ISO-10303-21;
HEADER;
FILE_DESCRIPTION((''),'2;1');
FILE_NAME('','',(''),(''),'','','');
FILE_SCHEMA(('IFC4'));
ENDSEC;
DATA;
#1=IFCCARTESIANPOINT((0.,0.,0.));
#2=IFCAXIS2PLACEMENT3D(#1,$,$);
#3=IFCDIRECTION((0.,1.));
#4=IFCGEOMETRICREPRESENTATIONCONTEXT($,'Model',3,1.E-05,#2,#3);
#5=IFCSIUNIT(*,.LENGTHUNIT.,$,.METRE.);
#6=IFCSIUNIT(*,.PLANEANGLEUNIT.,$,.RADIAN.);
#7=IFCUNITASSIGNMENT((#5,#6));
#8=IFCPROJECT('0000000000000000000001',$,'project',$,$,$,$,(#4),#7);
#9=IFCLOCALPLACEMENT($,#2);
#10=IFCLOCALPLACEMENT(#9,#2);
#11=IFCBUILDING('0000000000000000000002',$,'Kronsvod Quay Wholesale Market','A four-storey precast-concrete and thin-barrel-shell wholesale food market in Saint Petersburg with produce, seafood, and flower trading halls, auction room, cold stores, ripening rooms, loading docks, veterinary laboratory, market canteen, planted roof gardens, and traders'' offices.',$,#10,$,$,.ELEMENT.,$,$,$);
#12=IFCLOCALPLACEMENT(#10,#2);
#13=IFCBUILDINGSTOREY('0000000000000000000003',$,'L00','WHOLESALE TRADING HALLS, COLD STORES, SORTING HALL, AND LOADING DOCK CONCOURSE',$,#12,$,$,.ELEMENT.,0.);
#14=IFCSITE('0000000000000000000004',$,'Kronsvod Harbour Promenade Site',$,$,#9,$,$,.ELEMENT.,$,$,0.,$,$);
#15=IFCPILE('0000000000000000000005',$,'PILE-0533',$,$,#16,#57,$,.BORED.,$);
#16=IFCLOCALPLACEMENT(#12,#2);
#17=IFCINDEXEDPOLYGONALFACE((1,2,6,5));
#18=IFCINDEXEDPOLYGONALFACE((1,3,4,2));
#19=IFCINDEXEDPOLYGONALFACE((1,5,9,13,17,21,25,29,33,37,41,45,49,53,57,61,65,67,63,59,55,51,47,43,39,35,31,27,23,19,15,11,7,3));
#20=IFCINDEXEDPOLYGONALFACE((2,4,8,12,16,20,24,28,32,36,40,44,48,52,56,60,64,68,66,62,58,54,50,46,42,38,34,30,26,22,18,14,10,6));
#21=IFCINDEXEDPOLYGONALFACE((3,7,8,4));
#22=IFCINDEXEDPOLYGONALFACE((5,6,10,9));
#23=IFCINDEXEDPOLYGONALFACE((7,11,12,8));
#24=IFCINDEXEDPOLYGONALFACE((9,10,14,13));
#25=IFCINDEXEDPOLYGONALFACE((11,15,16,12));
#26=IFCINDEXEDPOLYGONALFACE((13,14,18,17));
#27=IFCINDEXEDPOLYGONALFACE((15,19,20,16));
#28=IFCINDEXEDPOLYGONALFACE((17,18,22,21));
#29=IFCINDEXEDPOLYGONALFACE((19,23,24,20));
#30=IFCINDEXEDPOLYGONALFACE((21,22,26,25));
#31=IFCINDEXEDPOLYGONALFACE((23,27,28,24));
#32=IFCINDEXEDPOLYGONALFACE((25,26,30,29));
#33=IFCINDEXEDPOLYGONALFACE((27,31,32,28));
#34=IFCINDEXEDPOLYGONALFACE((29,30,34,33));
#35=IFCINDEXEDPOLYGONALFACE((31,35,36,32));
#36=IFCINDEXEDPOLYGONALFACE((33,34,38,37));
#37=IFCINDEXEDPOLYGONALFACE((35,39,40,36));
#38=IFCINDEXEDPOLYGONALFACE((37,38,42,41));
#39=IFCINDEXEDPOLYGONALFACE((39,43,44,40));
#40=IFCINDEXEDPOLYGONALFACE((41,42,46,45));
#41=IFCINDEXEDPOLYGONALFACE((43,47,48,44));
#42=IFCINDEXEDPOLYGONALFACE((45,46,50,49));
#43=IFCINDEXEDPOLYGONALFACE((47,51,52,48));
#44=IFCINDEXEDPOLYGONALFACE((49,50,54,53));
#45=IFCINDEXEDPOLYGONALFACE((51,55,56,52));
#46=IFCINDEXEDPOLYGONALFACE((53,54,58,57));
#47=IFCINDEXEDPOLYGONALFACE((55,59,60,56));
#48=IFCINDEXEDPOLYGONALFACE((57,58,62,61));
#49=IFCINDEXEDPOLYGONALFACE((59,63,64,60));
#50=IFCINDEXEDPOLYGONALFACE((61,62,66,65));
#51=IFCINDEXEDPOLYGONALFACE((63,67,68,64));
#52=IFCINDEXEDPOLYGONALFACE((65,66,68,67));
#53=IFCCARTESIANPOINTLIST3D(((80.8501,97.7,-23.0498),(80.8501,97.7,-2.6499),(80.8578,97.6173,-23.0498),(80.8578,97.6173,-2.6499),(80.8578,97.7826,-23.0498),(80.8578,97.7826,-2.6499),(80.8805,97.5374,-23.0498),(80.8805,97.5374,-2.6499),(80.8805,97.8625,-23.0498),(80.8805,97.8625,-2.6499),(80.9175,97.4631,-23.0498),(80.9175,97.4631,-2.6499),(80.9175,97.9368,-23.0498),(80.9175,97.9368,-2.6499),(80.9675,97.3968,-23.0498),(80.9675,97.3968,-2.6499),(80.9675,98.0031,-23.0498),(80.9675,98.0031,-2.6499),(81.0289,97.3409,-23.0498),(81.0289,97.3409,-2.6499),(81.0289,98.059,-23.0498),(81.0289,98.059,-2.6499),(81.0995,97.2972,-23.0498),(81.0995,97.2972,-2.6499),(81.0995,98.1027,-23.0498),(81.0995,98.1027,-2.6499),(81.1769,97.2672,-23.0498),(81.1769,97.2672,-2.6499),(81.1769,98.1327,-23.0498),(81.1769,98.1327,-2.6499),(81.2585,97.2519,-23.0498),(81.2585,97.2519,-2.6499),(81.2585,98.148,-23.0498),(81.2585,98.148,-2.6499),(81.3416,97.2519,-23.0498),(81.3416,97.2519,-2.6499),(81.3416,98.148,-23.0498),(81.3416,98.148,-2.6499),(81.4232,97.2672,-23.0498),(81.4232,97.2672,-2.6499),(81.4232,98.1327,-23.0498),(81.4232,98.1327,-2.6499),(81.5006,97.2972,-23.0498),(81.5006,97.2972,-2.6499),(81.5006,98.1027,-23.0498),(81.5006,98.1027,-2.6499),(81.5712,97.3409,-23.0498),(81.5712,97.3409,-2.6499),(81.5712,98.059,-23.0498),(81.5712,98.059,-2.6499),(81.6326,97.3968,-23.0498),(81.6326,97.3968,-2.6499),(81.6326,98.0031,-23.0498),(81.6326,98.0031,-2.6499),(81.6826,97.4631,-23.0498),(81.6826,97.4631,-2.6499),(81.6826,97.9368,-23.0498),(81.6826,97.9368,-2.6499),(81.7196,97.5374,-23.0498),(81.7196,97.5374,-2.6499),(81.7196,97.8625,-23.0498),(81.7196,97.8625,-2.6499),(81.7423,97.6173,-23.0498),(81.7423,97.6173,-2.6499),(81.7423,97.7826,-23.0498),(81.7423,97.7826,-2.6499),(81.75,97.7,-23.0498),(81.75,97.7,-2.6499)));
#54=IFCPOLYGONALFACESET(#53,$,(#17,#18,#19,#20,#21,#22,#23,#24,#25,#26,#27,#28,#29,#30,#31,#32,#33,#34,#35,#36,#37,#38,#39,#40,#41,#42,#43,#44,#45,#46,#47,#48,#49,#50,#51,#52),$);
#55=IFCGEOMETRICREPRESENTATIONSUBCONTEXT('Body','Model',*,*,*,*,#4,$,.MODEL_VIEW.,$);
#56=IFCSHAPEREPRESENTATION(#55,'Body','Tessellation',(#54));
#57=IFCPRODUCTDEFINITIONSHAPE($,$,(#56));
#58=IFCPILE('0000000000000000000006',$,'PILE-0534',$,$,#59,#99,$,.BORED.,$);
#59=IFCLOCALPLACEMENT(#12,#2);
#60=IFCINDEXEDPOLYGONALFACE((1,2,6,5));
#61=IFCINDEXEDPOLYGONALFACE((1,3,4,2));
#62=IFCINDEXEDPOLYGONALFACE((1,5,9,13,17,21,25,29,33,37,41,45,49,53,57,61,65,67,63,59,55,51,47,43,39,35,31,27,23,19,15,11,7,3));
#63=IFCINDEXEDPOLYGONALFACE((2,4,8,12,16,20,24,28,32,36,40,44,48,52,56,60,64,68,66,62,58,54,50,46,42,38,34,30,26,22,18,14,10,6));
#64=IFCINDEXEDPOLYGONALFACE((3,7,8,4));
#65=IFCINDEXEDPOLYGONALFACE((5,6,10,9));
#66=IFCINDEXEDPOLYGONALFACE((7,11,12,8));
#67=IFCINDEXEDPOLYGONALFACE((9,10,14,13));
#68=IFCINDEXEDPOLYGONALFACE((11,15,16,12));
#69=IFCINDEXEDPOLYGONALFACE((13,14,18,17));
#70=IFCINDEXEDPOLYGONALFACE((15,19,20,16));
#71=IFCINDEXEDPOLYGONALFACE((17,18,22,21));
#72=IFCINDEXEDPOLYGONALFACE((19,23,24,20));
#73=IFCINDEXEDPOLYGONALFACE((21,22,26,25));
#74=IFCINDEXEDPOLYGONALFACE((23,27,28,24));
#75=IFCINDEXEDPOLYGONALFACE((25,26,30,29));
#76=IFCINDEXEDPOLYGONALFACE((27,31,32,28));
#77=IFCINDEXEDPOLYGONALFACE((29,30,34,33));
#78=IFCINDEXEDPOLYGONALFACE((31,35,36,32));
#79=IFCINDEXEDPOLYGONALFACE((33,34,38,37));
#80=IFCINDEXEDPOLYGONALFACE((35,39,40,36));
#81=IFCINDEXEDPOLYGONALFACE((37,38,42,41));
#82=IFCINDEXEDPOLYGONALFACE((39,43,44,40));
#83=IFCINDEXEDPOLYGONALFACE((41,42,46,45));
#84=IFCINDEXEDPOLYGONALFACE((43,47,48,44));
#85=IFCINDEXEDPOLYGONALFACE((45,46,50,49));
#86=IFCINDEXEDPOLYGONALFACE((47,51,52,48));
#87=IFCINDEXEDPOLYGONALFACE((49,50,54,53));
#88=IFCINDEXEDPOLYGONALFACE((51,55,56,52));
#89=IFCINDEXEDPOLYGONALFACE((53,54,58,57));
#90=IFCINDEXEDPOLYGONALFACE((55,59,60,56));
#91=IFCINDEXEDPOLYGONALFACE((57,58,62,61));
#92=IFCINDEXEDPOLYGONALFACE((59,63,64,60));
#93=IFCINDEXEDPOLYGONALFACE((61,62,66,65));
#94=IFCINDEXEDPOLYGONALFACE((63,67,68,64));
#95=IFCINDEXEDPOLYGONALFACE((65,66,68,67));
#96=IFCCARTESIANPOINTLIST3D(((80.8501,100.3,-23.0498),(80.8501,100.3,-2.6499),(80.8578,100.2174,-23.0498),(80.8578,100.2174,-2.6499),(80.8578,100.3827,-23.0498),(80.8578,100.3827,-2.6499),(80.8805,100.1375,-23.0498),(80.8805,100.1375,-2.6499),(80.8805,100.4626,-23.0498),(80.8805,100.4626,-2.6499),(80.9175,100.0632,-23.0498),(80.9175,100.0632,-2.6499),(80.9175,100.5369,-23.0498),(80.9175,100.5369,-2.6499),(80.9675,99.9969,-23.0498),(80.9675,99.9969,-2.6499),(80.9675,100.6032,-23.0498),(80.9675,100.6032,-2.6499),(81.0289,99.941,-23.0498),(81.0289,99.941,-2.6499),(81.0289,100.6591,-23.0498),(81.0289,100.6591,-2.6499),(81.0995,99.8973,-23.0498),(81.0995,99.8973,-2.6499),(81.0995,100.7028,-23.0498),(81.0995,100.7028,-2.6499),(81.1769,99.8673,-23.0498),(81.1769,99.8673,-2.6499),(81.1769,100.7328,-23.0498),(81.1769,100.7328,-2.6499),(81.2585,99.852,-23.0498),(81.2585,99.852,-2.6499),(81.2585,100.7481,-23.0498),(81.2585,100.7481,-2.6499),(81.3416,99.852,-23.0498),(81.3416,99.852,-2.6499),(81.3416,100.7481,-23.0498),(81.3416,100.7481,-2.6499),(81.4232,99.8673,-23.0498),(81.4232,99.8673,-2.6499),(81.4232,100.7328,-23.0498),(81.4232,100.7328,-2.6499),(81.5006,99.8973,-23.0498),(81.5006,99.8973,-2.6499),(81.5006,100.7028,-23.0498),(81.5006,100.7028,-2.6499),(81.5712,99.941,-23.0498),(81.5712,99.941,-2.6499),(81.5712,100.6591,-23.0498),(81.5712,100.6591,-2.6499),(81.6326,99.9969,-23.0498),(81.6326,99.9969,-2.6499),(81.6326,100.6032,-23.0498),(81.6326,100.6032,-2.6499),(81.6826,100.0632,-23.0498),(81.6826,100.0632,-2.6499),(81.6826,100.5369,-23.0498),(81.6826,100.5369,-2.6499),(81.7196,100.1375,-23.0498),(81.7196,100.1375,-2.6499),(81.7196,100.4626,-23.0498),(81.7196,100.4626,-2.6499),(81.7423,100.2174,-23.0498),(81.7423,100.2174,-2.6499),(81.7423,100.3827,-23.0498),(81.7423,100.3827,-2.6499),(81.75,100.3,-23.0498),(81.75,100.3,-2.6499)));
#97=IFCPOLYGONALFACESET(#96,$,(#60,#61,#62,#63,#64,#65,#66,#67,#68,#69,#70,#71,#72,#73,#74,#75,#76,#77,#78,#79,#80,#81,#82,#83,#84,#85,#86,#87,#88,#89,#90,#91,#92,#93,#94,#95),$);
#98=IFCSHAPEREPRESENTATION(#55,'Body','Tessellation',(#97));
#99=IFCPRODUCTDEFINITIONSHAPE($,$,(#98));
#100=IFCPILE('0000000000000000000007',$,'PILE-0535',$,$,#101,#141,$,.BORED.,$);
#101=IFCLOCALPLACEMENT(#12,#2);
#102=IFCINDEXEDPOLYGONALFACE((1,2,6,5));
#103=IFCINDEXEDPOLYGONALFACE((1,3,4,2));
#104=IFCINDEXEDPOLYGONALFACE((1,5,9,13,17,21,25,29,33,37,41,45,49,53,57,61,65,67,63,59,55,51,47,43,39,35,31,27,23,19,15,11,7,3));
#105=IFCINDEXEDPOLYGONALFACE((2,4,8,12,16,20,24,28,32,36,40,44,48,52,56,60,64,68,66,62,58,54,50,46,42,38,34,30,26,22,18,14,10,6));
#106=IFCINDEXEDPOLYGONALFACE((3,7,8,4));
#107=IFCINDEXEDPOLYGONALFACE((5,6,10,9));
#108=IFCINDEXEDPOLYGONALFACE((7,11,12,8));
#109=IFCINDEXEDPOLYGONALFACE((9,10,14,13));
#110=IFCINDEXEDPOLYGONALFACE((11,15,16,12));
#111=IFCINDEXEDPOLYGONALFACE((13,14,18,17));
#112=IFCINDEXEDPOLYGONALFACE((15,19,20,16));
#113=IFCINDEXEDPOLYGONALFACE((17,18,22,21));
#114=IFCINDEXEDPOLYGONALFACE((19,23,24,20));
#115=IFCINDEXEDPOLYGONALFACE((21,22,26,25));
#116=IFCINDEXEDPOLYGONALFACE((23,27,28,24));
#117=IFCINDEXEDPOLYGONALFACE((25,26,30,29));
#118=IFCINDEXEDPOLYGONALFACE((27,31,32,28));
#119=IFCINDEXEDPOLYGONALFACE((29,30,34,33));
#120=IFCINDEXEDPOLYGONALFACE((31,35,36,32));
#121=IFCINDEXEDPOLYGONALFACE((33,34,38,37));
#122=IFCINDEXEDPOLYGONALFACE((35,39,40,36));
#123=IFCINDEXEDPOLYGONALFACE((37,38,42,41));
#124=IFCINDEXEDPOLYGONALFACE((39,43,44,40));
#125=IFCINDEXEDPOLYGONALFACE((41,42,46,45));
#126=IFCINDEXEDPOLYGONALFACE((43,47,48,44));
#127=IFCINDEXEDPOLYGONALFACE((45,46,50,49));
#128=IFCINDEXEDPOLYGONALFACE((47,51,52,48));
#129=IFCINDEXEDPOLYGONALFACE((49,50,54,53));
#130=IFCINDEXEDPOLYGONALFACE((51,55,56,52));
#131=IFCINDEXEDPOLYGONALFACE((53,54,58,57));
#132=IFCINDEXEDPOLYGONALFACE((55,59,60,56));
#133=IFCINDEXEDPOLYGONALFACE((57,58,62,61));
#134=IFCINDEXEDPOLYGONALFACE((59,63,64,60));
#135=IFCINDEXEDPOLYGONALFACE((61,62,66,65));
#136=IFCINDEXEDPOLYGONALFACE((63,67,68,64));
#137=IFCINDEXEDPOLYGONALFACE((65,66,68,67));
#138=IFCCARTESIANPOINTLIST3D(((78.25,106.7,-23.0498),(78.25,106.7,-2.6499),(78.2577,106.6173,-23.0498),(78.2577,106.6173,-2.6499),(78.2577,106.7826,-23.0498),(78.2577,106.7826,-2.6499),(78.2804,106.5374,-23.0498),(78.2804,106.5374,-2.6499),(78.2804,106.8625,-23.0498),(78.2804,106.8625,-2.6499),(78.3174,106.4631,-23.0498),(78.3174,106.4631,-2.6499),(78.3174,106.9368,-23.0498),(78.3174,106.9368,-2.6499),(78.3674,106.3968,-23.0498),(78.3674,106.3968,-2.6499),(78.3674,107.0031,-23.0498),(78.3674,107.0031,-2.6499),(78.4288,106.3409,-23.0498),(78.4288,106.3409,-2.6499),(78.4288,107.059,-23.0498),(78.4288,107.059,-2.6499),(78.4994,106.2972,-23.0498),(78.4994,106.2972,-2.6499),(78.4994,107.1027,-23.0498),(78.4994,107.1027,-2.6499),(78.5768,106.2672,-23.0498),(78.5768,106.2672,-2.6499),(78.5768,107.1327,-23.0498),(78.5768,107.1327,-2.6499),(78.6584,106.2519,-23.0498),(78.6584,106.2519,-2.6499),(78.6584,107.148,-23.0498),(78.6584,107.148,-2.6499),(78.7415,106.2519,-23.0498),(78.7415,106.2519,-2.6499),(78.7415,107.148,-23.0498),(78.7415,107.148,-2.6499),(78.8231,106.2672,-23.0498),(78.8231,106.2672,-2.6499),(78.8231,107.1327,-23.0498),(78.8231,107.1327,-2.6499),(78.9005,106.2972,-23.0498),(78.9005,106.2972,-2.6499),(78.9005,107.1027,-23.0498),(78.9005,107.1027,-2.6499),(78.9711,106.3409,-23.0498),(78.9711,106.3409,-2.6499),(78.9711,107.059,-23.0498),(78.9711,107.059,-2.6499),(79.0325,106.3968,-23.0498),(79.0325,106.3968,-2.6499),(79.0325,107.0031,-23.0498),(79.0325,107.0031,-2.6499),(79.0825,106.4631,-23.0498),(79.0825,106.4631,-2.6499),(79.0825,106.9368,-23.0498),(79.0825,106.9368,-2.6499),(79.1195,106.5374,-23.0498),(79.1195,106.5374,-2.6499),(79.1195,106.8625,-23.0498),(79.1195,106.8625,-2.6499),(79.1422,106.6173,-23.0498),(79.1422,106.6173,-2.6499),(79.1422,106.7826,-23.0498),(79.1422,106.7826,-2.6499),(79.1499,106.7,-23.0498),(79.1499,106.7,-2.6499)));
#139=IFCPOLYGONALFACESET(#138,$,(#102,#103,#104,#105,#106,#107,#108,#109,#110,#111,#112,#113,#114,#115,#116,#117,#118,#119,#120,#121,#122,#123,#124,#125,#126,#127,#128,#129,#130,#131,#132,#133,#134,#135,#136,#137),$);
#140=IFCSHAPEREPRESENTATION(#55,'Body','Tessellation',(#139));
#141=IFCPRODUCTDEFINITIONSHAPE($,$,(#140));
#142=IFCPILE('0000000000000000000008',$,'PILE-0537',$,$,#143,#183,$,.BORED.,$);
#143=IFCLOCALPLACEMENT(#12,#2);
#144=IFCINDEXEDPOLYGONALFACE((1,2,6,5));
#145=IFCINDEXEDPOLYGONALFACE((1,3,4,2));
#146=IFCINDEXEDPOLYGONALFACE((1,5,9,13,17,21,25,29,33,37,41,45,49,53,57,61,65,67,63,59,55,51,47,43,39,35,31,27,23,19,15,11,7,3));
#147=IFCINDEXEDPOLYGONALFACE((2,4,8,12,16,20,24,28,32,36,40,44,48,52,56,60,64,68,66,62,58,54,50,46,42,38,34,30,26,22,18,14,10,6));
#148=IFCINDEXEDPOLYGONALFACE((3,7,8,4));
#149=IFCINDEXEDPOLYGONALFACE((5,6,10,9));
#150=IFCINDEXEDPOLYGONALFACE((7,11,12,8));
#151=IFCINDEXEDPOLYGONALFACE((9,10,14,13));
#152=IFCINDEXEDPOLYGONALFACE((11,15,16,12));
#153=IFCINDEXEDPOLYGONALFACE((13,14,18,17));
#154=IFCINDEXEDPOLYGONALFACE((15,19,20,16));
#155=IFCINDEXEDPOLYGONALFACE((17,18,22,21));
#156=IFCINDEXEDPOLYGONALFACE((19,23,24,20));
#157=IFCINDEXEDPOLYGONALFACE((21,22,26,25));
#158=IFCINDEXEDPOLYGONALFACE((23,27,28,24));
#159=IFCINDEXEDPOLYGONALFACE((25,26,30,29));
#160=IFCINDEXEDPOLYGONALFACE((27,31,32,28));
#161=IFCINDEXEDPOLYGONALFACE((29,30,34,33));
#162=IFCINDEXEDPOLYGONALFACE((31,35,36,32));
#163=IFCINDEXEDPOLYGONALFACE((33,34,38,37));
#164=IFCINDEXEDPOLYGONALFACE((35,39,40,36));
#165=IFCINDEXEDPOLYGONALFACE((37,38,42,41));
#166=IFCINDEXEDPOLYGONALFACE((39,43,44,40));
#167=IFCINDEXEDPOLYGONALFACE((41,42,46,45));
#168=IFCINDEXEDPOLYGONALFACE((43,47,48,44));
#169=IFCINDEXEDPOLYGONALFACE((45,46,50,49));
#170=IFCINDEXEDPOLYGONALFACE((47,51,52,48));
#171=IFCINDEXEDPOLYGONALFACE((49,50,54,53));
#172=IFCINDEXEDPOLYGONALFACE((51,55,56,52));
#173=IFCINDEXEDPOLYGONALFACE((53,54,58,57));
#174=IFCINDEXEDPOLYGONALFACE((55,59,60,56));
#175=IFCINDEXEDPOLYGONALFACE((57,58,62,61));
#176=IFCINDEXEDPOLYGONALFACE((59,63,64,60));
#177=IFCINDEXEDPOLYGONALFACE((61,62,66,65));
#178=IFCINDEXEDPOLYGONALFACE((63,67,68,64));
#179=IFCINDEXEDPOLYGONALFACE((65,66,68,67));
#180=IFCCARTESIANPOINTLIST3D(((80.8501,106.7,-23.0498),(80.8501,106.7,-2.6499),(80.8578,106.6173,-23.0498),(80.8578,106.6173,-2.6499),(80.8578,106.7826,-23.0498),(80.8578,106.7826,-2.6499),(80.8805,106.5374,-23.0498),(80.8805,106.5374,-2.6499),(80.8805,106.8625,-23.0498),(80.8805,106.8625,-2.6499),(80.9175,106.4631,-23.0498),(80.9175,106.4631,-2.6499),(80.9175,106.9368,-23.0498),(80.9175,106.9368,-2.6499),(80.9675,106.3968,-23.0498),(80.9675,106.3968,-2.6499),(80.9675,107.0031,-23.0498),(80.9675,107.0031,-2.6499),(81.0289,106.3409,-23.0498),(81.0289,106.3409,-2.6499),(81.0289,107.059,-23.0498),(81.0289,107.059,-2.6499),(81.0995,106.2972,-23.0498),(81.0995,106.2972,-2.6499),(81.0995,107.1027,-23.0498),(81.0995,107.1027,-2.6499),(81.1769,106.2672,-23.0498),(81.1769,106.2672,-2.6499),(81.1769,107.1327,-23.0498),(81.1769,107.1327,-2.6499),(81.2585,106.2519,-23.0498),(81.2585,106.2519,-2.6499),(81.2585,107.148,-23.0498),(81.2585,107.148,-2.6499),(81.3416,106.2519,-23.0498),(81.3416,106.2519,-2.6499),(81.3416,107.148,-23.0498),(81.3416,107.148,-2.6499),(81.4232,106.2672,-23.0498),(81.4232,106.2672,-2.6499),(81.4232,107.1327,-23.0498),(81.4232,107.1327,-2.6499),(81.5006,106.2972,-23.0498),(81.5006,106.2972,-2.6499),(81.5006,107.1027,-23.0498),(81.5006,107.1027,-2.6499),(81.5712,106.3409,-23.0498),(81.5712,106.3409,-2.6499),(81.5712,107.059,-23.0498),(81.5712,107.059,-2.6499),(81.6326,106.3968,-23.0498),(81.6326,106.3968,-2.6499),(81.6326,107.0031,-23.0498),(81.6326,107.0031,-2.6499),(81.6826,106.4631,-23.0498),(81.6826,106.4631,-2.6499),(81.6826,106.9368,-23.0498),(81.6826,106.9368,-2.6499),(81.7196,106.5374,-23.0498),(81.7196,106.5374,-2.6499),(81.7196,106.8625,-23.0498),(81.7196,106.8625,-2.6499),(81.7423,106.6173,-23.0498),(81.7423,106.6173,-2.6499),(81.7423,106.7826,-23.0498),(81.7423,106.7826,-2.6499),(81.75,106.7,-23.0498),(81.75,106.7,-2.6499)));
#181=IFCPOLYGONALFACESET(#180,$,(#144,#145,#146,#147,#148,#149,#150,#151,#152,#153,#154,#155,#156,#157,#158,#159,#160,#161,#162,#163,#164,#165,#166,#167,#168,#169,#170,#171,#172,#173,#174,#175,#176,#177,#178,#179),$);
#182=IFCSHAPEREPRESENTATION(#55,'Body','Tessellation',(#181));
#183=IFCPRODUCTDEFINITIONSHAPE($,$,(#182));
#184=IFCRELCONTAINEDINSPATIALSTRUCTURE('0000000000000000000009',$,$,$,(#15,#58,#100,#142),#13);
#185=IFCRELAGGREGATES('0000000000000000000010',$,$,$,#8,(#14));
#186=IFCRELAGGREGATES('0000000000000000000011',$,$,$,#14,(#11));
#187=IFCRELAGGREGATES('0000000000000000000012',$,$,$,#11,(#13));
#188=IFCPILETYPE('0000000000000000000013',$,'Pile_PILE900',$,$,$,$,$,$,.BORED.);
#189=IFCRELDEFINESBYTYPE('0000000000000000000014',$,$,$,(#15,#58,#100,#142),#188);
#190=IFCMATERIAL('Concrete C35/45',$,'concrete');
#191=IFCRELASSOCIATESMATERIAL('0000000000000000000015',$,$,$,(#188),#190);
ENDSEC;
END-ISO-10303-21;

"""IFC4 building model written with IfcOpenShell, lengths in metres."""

from ifc_helpers import new_model, si_unit, direction, frame, origin, origin_2d, place, context, subcontext, project, spatial, circle, extrude, material, material_profile, profile_set, type_object, element, save


model = new_model("IFC4")

# Units and contexts
model_context = context("Model", 3, precision=1e-05, world=origin(), true_north=direction((0.0, 1.0)))
body_context = subcontext(model_context, "Body", "Model", "MODEL_VIEW")
ifc_project = project(units=[si_unit("LENGTHUNIT", "METRE"), si_unit("PLANEANGLEUNIT", "RADIAN")], contexts=[model_context])

# Site, building, storey
site_placement = place(None, origin())
site = spatial("IfcSite", under=ifc_project, at=site_placement, Name="Kronsvod Harbour Promenade Site", CompositionType="ELEMENT", RefElevation=0.0)
building_placement = place(site_placement, origin())
building = spatial("IfcBuilding", under=site, at=building_placement, Name="Kronsvod Quay Wholesale Market", Description="A four-storey precast-concrete and thin-barrel-shell wholesale food market in Saint Petersburg with produce, seafood, and flower trading halls, auction room, cold stores, ripening rooms, loading docks, veterinary laboratory, market canteen, planted roof gardens, and traders' offices.", CompositionType="ELEMENT")
storey_placement = place(building_placement, origin())
storey = spatial("IfcBuildingStorey", under=building, at=storey_placement, Name="L00", Description="WHOLESALE TRADING HALLS, COLD STORES, SORTING HALL, AND LOADING DOCK CONCOURSE", CompositionType="ELEMENT", Elevation=0.0)

# Piles
ifc_material_1 = material(Name="Concrete C35/45", Category="concrete")
ifc_material_profile_1 = material_profile(ifc_material_1, circle(Radius=0.45, at=origin_2d()), Name="PILE900")
ifc_profile_set_1 = profile_set([ifc_material_profile_1], Name="Concrete C35/45")
pile_type = type_object("IfcPileType", Name="Pile_PILE900", PredefinedType="BORED", material=ifc_profile_set_1)
for number, where, z_axis, x_axis, name in (
    (1, (81.3, 97.7, -2.6499), (0.0, 0.0, -1.0), (1.0, 0.0, 0.0), "PILE-0533"),
    (2, (81.3, 100.3, -2.6499), (0.0, 0.0, -1.0), (1.0, 0.0, 0.0), "PILE-0534"),
    (3, (78.7, 106.7, -2.6499), (0.0, 0.0, -1.0), (1.0, 0.0, 0.0), "PILE-0535"),
    (4, (81.3, 106.7, -2.6499), (0.0, 0.0, -1.0), (1.0, 0.0, 0.0), "PILE-0537"),
):
    element("IfcPile", number, at=place(storey_placement, frame(where, z_axis=z_axis, x_axis=x_axis)), inside=storey, type_object=pile_type, Name=name, PredefinedType="BORED", context=body_context, shape_type="SweptSolid", body=[
        extrude(circle(Radius=0.45, at=origin_2d()), origin(), (0.0, 0.0, 1.0), 20.3999),
    ])

save(model, "model.ifc")
